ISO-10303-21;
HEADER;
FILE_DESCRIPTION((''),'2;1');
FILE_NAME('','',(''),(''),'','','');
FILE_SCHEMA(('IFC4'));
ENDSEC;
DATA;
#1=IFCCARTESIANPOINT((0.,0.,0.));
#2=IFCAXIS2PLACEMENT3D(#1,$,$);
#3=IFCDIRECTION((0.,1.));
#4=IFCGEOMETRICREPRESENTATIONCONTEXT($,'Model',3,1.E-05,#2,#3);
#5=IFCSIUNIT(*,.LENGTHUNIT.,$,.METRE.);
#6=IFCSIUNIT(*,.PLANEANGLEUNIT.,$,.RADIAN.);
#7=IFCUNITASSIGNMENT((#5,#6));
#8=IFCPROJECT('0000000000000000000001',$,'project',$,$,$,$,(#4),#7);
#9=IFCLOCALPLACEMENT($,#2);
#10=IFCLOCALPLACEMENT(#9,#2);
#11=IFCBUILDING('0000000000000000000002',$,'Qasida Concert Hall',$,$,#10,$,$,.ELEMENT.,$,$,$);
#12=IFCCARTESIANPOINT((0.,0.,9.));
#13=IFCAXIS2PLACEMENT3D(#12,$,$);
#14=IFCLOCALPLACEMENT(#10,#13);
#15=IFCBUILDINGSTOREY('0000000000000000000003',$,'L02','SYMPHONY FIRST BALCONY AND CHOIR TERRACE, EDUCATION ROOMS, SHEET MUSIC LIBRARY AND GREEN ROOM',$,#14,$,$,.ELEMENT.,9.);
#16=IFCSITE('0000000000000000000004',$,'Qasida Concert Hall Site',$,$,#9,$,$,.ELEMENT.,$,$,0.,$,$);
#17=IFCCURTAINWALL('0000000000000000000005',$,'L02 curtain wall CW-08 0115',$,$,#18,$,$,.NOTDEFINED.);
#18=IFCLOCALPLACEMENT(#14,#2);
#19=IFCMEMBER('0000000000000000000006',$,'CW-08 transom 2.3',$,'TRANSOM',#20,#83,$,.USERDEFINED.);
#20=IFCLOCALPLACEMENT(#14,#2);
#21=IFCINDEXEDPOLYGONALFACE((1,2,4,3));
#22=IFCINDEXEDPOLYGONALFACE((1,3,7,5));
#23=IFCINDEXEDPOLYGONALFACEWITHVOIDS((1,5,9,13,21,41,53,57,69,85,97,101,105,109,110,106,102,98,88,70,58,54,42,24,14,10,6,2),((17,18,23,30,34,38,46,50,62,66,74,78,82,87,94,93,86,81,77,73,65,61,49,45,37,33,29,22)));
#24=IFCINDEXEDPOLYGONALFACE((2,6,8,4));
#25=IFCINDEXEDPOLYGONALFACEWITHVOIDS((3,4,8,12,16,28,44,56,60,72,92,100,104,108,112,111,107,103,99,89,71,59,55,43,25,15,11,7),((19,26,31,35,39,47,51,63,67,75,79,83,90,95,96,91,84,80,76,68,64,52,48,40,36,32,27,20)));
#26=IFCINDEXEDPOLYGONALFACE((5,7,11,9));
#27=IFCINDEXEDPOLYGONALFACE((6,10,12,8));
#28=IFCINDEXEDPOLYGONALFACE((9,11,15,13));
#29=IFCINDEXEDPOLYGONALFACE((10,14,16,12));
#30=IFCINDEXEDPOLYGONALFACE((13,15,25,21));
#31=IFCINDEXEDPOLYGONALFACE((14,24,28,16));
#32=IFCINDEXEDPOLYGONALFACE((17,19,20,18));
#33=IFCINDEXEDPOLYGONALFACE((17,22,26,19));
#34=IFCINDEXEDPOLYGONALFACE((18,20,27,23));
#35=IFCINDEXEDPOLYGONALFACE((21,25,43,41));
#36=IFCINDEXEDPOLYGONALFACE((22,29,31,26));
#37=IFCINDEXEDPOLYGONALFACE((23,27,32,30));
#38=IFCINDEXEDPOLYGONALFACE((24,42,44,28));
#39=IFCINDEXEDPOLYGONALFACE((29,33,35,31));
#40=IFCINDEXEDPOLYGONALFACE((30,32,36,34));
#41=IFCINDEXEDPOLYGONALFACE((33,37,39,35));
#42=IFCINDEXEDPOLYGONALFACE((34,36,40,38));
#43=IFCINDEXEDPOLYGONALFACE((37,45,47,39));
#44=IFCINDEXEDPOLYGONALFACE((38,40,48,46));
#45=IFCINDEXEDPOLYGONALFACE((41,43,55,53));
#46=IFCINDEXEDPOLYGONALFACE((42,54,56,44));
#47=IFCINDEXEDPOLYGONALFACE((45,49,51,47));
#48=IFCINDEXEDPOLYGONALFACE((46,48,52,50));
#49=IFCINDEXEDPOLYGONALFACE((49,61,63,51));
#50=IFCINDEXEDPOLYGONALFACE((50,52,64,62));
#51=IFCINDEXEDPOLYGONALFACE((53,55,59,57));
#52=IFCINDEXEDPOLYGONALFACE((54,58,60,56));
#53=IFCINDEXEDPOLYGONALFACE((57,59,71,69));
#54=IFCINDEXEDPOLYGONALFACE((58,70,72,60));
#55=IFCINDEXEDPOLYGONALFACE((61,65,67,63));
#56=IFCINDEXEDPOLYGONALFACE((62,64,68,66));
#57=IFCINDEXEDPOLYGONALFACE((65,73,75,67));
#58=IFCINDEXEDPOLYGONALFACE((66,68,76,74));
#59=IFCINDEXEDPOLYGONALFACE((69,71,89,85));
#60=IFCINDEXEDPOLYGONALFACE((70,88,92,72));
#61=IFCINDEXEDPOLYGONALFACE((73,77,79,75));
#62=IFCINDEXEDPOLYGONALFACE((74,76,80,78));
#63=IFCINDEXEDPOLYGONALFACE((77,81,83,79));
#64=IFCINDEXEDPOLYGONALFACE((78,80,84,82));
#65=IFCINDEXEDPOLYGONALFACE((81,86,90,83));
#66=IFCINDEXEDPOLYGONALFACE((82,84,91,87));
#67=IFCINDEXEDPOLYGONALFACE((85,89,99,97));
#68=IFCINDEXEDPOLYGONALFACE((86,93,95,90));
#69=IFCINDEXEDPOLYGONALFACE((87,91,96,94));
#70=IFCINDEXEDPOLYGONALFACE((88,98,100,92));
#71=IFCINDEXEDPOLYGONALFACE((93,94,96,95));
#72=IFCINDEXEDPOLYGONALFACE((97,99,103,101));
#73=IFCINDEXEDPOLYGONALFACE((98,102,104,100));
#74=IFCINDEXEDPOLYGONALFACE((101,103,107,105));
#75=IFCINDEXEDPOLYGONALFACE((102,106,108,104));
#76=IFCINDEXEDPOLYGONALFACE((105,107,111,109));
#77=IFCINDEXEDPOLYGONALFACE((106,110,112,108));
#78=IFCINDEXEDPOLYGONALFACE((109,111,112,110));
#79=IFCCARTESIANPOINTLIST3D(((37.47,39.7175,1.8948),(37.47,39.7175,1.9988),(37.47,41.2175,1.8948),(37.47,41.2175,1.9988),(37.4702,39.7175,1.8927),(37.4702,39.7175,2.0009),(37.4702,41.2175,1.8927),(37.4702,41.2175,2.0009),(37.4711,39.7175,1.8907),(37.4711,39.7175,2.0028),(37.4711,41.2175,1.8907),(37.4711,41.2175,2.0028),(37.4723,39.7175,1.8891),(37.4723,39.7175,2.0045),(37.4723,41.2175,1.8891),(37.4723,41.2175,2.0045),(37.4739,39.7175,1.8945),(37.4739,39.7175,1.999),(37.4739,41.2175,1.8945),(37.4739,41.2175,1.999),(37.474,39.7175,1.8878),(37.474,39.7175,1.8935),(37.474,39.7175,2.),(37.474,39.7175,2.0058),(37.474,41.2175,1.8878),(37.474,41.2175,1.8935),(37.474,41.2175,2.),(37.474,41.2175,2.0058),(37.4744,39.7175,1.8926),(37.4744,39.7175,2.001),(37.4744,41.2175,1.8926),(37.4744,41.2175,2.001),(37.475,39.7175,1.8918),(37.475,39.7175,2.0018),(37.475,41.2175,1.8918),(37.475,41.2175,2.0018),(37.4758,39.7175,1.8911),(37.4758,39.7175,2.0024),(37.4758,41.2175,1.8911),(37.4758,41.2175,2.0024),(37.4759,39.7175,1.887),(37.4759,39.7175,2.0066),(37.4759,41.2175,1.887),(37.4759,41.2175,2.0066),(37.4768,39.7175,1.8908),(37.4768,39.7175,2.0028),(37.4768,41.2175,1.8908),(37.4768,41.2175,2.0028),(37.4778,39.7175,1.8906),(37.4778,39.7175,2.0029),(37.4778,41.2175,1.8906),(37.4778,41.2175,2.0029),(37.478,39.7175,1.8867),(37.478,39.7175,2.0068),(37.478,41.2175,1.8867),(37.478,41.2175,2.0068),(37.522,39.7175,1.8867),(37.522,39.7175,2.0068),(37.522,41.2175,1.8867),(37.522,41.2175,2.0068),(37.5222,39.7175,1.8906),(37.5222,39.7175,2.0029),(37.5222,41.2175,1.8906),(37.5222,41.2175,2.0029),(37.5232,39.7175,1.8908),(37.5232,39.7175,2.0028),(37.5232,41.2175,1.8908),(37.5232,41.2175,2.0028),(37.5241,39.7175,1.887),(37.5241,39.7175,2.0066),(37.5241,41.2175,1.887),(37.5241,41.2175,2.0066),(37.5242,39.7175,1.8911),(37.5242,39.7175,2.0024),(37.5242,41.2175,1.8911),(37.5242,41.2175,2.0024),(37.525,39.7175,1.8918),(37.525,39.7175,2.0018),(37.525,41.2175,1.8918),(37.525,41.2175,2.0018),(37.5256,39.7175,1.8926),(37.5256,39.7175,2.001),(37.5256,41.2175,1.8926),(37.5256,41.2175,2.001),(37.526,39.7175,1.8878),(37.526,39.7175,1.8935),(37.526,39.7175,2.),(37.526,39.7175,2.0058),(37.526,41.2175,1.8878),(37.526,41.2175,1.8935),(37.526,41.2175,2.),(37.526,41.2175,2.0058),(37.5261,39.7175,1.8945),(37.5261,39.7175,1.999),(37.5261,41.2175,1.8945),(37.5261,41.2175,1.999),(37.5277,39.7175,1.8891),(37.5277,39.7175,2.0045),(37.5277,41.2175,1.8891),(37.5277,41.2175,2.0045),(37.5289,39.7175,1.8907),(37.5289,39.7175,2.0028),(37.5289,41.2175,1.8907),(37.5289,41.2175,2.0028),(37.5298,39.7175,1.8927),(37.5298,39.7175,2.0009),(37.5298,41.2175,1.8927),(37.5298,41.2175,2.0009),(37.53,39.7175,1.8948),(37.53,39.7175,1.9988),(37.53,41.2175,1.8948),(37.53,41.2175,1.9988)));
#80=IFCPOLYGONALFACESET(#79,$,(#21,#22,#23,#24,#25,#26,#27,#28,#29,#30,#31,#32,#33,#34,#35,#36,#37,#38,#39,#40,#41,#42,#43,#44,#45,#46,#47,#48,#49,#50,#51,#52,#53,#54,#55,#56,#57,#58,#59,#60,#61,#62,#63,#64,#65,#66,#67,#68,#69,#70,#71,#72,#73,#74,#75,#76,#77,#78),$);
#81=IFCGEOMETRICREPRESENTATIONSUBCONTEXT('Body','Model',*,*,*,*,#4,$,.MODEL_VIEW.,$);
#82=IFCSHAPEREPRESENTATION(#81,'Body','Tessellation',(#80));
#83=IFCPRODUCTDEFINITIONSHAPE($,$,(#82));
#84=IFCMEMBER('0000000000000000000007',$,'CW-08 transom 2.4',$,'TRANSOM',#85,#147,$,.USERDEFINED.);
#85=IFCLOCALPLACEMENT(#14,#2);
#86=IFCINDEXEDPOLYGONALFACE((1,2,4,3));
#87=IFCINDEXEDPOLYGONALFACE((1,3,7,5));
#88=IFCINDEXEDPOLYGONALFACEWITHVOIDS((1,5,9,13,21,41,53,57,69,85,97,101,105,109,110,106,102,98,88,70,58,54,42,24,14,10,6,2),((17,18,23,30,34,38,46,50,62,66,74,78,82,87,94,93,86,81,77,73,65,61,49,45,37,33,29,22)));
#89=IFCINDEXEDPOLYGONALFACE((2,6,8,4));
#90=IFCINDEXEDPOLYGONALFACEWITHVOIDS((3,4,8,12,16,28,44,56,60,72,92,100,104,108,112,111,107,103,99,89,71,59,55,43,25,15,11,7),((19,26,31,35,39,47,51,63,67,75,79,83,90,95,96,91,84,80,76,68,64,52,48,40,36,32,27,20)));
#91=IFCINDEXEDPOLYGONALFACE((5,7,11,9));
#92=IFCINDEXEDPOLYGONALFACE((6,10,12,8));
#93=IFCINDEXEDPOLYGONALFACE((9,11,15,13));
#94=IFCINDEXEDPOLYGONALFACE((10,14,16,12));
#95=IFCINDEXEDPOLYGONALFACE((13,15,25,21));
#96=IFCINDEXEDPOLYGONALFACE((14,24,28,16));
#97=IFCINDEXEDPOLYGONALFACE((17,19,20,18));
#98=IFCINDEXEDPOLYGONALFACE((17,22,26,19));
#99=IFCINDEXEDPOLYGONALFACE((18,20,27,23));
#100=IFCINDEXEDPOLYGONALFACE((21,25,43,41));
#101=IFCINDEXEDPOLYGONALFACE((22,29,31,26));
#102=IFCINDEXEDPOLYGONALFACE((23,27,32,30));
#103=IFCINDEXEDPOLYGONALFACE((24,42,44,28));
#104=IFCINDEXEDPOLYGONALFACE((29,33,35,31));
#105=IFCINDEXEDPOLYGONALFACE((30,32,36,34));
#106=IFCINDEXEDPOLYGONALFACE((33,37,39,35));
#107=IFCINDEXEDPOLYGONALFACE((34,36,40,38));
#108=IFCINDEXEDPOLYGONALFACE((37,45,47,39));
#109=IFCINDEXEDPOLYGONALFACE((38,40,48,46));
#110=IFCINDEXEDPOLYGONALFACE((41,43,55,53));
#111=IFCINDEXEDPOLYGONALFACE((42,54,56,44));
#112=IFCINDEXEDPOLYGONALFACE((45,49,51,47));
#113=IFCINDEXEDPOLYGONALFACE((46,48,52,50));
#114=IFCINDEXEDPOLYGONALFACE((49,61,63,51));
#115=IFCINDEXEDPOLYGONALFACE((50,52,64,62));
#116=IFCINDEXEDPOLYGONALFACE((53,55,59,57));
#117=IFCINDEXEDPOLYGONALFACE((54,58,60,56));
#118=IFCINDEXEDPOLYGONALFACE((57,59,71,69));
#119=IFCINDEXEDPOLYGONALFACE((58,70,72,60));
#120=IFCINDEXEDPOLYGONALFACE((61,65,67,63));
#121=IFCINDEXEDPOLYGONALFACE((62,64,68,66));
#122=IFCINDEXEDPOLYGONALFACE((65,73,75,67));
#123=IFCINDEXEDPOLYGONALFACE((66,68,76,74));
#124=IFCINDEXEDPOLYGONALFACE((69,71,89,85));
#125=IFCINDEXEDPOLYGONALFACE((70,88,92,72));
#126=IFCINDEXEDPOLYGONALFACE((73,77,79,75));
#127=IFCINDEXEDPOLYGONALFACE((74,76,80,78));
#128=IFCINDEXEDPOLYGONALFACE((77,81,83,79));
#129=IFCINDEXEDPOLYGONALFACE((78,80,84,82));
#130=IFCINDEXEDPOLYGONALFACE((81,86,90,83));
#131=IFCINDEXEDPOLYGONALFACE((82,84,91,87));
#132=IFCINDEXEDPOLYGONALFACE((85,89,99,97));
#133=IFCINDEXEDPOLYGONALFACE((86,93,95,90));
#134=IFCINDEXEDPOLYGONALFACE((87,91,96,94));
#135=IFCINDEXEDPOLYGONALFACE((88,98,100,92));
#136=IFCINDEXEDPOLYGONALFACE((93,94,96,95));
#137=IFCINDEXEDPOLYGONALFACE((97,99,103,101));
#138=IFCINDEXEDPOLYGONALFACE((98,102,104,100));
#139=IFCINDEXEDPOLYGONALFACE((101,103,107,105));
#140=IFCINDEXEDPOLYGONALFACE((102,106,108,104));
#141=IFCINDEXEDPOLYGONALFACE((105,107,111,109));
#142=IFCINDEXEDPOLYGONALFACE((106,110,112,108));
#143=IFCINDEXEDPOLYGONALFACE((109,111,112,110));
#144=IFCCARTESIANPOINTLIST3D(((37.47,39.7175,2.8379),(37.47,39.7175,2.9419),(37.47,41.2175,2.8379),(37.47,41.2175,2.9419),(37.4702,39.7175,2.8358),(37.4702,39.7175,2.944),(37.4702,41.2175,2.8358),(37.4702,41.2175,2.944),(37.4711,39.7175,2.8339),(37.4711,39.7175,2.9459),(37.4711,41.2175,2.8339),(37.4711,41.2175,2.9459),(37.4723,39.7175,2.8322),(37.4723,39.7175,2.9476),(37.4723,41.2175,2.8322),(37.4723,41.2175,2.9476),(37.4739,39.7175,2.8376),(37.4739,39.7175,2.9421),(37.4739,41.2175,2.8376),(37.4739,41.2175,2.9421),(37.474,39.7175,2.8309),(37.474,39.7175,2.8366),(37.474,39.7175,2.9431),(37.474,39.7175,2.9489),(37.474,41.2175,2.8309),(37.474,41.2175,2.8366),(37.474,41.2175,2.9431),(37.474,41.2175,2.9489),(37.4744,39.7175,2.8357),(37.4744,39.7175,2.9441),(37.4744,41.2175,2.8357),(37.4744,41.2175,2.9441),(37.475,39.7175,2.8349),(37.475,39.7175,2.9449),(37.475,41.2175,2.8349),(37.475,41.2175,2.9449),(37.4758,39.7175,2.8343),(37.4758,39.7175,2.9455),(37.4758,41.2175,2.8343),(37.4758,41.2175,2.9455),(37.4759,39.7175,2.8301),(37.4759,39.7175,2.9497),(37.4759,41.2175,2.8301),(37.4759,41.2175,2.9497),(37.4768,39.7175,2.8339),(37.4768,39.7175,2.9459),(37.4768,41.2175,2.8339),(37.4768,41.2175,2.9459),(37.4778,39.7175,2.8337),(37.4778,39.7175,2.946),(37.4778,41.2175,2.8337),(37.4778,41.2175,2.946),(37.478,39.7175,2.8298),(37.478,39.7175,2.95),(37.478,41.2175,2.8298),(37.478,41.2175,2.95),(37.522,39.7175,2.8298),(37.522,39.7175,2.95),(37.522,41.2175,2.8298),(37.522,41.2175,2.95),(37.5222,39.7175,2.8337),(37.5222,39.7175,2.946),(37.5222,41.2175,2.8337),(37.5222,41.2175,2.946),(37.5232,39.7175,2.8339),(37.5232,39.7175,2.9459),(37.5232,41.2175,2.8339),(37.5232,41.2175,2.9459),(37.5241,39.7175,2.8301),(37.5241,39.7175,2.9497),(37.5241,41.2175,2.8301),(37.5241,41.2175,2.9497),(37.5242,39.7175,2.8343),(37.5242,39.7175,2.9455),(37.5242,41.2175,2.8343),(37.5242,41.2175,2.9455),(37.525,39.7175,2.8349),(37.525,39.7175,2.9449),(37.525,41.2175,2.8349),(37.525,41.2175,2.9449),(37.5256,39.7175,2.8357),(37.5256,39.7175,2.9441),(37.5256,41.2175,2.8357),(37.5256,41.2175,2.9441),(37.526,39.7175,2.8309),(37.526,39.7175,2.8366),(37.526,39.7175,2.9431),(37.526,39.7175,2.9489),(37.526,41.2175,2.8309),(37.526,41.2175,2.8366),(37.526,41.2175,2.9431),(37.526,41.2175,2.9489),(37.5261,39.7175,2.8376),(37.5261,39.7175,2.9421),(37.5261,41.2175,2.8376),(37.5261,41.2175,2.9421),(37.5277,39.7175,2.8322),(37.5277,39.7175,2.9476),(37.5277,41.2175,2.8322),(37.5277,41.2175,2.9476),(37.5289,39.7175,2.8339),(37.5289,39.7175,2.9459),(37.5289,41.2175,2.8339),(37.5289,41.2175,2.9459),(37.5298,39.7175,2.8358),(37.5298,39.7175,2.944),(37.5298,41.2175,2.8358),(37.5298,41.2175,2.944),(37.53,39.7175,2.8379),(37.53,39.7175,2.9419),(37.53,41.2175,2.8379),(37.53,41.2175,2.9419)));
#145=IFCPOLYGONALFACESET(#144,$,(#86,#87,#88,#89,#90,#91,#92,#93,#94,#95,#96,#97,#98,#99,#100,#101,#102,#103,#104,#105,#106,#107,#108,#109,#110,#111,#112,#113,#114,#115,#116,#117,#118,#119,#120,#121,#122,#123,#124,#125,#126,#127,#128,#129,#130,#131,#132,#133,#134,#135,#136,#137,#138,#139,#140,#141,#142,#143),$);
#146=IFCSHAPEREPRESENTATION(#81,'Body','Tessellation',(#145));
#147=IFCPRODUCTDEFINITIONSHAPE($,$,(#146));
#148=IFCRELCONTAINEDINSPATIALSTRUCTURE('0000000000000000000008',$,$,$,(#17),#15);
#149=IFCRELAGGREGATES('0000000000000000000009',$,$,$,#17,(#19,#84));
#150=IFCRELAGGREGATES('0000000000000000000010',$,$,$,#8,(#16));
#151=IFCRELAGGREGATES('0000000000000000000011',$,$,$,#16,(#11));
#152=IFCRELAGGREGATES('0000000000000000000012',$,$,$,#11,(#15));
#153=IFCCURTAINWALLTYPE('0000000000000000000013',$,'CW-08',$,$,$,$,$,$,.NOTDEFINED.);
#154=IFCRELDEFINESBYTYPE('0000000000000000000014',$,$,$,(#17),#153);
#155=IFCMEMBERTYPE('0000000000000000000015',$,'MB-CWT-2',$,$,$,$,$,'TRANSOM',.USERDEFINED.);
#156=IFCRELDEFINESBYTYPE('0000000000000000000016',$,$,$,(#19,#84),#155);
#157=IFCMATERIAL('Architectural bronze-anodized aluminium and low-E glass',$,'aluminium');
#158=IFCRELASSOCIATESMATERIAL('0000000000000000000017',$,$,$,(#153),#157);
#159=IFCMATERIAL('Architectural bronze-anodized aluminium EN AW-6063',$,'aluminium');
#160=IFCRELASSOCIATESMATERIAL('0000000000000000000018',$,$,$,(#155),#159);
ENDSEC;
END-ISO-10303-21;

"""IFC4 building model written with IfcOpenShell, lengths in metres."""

from ifc_helpers import new_model, si_unit, direction, frame, origin, origin_2d, place, context, subcontext, project, spatial, hollow_rectangle, extrude, material, material_profile, profile_set, type_object, element, aggregate, save


model = new_model("IFC4")

# Units and contexts
model_context = context("Model", 3, precision=1e-05, world=origin(), true_north=direction((0.0, 1.0)))
body_context = subcontext(model_context, "Body", "Model", "MODEL_VIEW")
ifc_project = project(units=[si_unit("LENGTHUNIT", "METRE"), si_unit("PLANEANGLEUNIT", "RADIAN")], contexts=[model_context])

# Site, building, storey
site_placement = place(None, origin())
site = spatial("IfcSite", under=ifc_project, at=site_placement, Name="Qasida Concert Hall Site", CompositionType="ELEMENT", RefElevation=0.0)
building_placement = place(site_placement, origin())
building = spatial("IfcBuilding", under=site, at=building_placement, Name="Qasida Concert Hall", CompositionType="ELEMENT")
storey_placement = place(building_placement, frame((0.0, 0.0, 9.0)))
storey = spatial("IfcBuildingStorey", under=building, at=storey_placement, Name="L02", Description="SYMPHONY FIRST BALCONY AND CHOIR TERRACE, EDUCATION ROOMS, SHEET MUSIC LIBRARY AND GREEN ROOM", CompositionType="ELEMENT", Elevation=9.0)

# Curtain wall, members
ifc_material_1 = material(Name="Architectural bronze-anodized aluminium and low-E glass", Category="aluminium")
curtain_wall_type = type_object("IfcCurtainWallType", Name="CW-08", PredefinedType="NOTDEFINED", material=ifc_material_1)
curtain_wall_1_placement = place(storey_placement, origin())
curtain_wall_1 = element("IfcCurtainWall", 1, at=curtain_wall_1_placement, inside=storey, type_object=curtain_wall_type, Name="L02 curtain wall CW-08 0115", PredefinedType="NOTDEFINED")
ifc_material_2 = material(Name="Architectural bronze-anodized aluminium EN AW-6063", Category="aluminium")
ifc_material_profile_1 = material_profile(ifc_material_2, hollow_rectangle(XDim=0.0601, YDim=0.1201, WallThickness=0.0039, InnerFilletRadius=0.0039, OuterFilletRadius=0.0081, at=origin_2d()), Name="CWT 120x60x4")
ifc_profile_set_1 = profile_set([ifc_material_profile_1], Name="Architectural bronze-anodized aluminium EN AW-6063")
member_type_1 = type_object("IfcMemberType", Name="MB-CWT-2", ElementType="TRANSOM", PredefinedType="USERDEFINED", material=ifc_profile_set_1)
member_1_placement = place(storey_placement, frame((37.5, 39.7175, 1.9468), z_axis=(0.0, 1.0, 0.0), x_axis=(-1.0, 0.0, 0.0)))
member_1 = element("IfcMember", 2, at=member_1_placement, type_object=member_type_1, Name="CW-08 transom 2.3", ObjectType="TRANSOM", PredefinedType="USERDEFINED", context=body_context, shape_type="SweptSolid", body=[
    extrude(hollow_rectangle(XDim=0.0601, YDim=0.1201, WallThickness=0.0039, InnerFilletRadius=0.0039, OuterFilletRadius=0.0081, at=origin_2d()), origin(), (0.0, 0.0, 1.0), 1.5),
])
member_2_placement = place(storey_placement, frame((37.5, 39.7175, 2.8899), z_axis=(0.0, 1.0, 0.0), x_axis=(-1.0, 0.0, 0.0)))
member_2 = element("IfcMember", 3, at=member_2_placement, type_object=member_type_1, Name="CW-08 transom 2.4", ObjectType="TRANSOM", PredefinedType="USERDEFINED", context=body_context, shape_type="SweptSolid", body=[
    extrude(hollow_rectangle(XDim=0.0601, YDim=0.1201, WallThickness=0.0039, InnerFilletRadius=0.0039, OuterFilletRadius=0.0081, at=origin_2d()), origin(), (0.0, 0.0, 1.0), 1.5),
])
aggregate(curtain_wall_1, [member_1, member_2])

save(model, "model.ifc")
